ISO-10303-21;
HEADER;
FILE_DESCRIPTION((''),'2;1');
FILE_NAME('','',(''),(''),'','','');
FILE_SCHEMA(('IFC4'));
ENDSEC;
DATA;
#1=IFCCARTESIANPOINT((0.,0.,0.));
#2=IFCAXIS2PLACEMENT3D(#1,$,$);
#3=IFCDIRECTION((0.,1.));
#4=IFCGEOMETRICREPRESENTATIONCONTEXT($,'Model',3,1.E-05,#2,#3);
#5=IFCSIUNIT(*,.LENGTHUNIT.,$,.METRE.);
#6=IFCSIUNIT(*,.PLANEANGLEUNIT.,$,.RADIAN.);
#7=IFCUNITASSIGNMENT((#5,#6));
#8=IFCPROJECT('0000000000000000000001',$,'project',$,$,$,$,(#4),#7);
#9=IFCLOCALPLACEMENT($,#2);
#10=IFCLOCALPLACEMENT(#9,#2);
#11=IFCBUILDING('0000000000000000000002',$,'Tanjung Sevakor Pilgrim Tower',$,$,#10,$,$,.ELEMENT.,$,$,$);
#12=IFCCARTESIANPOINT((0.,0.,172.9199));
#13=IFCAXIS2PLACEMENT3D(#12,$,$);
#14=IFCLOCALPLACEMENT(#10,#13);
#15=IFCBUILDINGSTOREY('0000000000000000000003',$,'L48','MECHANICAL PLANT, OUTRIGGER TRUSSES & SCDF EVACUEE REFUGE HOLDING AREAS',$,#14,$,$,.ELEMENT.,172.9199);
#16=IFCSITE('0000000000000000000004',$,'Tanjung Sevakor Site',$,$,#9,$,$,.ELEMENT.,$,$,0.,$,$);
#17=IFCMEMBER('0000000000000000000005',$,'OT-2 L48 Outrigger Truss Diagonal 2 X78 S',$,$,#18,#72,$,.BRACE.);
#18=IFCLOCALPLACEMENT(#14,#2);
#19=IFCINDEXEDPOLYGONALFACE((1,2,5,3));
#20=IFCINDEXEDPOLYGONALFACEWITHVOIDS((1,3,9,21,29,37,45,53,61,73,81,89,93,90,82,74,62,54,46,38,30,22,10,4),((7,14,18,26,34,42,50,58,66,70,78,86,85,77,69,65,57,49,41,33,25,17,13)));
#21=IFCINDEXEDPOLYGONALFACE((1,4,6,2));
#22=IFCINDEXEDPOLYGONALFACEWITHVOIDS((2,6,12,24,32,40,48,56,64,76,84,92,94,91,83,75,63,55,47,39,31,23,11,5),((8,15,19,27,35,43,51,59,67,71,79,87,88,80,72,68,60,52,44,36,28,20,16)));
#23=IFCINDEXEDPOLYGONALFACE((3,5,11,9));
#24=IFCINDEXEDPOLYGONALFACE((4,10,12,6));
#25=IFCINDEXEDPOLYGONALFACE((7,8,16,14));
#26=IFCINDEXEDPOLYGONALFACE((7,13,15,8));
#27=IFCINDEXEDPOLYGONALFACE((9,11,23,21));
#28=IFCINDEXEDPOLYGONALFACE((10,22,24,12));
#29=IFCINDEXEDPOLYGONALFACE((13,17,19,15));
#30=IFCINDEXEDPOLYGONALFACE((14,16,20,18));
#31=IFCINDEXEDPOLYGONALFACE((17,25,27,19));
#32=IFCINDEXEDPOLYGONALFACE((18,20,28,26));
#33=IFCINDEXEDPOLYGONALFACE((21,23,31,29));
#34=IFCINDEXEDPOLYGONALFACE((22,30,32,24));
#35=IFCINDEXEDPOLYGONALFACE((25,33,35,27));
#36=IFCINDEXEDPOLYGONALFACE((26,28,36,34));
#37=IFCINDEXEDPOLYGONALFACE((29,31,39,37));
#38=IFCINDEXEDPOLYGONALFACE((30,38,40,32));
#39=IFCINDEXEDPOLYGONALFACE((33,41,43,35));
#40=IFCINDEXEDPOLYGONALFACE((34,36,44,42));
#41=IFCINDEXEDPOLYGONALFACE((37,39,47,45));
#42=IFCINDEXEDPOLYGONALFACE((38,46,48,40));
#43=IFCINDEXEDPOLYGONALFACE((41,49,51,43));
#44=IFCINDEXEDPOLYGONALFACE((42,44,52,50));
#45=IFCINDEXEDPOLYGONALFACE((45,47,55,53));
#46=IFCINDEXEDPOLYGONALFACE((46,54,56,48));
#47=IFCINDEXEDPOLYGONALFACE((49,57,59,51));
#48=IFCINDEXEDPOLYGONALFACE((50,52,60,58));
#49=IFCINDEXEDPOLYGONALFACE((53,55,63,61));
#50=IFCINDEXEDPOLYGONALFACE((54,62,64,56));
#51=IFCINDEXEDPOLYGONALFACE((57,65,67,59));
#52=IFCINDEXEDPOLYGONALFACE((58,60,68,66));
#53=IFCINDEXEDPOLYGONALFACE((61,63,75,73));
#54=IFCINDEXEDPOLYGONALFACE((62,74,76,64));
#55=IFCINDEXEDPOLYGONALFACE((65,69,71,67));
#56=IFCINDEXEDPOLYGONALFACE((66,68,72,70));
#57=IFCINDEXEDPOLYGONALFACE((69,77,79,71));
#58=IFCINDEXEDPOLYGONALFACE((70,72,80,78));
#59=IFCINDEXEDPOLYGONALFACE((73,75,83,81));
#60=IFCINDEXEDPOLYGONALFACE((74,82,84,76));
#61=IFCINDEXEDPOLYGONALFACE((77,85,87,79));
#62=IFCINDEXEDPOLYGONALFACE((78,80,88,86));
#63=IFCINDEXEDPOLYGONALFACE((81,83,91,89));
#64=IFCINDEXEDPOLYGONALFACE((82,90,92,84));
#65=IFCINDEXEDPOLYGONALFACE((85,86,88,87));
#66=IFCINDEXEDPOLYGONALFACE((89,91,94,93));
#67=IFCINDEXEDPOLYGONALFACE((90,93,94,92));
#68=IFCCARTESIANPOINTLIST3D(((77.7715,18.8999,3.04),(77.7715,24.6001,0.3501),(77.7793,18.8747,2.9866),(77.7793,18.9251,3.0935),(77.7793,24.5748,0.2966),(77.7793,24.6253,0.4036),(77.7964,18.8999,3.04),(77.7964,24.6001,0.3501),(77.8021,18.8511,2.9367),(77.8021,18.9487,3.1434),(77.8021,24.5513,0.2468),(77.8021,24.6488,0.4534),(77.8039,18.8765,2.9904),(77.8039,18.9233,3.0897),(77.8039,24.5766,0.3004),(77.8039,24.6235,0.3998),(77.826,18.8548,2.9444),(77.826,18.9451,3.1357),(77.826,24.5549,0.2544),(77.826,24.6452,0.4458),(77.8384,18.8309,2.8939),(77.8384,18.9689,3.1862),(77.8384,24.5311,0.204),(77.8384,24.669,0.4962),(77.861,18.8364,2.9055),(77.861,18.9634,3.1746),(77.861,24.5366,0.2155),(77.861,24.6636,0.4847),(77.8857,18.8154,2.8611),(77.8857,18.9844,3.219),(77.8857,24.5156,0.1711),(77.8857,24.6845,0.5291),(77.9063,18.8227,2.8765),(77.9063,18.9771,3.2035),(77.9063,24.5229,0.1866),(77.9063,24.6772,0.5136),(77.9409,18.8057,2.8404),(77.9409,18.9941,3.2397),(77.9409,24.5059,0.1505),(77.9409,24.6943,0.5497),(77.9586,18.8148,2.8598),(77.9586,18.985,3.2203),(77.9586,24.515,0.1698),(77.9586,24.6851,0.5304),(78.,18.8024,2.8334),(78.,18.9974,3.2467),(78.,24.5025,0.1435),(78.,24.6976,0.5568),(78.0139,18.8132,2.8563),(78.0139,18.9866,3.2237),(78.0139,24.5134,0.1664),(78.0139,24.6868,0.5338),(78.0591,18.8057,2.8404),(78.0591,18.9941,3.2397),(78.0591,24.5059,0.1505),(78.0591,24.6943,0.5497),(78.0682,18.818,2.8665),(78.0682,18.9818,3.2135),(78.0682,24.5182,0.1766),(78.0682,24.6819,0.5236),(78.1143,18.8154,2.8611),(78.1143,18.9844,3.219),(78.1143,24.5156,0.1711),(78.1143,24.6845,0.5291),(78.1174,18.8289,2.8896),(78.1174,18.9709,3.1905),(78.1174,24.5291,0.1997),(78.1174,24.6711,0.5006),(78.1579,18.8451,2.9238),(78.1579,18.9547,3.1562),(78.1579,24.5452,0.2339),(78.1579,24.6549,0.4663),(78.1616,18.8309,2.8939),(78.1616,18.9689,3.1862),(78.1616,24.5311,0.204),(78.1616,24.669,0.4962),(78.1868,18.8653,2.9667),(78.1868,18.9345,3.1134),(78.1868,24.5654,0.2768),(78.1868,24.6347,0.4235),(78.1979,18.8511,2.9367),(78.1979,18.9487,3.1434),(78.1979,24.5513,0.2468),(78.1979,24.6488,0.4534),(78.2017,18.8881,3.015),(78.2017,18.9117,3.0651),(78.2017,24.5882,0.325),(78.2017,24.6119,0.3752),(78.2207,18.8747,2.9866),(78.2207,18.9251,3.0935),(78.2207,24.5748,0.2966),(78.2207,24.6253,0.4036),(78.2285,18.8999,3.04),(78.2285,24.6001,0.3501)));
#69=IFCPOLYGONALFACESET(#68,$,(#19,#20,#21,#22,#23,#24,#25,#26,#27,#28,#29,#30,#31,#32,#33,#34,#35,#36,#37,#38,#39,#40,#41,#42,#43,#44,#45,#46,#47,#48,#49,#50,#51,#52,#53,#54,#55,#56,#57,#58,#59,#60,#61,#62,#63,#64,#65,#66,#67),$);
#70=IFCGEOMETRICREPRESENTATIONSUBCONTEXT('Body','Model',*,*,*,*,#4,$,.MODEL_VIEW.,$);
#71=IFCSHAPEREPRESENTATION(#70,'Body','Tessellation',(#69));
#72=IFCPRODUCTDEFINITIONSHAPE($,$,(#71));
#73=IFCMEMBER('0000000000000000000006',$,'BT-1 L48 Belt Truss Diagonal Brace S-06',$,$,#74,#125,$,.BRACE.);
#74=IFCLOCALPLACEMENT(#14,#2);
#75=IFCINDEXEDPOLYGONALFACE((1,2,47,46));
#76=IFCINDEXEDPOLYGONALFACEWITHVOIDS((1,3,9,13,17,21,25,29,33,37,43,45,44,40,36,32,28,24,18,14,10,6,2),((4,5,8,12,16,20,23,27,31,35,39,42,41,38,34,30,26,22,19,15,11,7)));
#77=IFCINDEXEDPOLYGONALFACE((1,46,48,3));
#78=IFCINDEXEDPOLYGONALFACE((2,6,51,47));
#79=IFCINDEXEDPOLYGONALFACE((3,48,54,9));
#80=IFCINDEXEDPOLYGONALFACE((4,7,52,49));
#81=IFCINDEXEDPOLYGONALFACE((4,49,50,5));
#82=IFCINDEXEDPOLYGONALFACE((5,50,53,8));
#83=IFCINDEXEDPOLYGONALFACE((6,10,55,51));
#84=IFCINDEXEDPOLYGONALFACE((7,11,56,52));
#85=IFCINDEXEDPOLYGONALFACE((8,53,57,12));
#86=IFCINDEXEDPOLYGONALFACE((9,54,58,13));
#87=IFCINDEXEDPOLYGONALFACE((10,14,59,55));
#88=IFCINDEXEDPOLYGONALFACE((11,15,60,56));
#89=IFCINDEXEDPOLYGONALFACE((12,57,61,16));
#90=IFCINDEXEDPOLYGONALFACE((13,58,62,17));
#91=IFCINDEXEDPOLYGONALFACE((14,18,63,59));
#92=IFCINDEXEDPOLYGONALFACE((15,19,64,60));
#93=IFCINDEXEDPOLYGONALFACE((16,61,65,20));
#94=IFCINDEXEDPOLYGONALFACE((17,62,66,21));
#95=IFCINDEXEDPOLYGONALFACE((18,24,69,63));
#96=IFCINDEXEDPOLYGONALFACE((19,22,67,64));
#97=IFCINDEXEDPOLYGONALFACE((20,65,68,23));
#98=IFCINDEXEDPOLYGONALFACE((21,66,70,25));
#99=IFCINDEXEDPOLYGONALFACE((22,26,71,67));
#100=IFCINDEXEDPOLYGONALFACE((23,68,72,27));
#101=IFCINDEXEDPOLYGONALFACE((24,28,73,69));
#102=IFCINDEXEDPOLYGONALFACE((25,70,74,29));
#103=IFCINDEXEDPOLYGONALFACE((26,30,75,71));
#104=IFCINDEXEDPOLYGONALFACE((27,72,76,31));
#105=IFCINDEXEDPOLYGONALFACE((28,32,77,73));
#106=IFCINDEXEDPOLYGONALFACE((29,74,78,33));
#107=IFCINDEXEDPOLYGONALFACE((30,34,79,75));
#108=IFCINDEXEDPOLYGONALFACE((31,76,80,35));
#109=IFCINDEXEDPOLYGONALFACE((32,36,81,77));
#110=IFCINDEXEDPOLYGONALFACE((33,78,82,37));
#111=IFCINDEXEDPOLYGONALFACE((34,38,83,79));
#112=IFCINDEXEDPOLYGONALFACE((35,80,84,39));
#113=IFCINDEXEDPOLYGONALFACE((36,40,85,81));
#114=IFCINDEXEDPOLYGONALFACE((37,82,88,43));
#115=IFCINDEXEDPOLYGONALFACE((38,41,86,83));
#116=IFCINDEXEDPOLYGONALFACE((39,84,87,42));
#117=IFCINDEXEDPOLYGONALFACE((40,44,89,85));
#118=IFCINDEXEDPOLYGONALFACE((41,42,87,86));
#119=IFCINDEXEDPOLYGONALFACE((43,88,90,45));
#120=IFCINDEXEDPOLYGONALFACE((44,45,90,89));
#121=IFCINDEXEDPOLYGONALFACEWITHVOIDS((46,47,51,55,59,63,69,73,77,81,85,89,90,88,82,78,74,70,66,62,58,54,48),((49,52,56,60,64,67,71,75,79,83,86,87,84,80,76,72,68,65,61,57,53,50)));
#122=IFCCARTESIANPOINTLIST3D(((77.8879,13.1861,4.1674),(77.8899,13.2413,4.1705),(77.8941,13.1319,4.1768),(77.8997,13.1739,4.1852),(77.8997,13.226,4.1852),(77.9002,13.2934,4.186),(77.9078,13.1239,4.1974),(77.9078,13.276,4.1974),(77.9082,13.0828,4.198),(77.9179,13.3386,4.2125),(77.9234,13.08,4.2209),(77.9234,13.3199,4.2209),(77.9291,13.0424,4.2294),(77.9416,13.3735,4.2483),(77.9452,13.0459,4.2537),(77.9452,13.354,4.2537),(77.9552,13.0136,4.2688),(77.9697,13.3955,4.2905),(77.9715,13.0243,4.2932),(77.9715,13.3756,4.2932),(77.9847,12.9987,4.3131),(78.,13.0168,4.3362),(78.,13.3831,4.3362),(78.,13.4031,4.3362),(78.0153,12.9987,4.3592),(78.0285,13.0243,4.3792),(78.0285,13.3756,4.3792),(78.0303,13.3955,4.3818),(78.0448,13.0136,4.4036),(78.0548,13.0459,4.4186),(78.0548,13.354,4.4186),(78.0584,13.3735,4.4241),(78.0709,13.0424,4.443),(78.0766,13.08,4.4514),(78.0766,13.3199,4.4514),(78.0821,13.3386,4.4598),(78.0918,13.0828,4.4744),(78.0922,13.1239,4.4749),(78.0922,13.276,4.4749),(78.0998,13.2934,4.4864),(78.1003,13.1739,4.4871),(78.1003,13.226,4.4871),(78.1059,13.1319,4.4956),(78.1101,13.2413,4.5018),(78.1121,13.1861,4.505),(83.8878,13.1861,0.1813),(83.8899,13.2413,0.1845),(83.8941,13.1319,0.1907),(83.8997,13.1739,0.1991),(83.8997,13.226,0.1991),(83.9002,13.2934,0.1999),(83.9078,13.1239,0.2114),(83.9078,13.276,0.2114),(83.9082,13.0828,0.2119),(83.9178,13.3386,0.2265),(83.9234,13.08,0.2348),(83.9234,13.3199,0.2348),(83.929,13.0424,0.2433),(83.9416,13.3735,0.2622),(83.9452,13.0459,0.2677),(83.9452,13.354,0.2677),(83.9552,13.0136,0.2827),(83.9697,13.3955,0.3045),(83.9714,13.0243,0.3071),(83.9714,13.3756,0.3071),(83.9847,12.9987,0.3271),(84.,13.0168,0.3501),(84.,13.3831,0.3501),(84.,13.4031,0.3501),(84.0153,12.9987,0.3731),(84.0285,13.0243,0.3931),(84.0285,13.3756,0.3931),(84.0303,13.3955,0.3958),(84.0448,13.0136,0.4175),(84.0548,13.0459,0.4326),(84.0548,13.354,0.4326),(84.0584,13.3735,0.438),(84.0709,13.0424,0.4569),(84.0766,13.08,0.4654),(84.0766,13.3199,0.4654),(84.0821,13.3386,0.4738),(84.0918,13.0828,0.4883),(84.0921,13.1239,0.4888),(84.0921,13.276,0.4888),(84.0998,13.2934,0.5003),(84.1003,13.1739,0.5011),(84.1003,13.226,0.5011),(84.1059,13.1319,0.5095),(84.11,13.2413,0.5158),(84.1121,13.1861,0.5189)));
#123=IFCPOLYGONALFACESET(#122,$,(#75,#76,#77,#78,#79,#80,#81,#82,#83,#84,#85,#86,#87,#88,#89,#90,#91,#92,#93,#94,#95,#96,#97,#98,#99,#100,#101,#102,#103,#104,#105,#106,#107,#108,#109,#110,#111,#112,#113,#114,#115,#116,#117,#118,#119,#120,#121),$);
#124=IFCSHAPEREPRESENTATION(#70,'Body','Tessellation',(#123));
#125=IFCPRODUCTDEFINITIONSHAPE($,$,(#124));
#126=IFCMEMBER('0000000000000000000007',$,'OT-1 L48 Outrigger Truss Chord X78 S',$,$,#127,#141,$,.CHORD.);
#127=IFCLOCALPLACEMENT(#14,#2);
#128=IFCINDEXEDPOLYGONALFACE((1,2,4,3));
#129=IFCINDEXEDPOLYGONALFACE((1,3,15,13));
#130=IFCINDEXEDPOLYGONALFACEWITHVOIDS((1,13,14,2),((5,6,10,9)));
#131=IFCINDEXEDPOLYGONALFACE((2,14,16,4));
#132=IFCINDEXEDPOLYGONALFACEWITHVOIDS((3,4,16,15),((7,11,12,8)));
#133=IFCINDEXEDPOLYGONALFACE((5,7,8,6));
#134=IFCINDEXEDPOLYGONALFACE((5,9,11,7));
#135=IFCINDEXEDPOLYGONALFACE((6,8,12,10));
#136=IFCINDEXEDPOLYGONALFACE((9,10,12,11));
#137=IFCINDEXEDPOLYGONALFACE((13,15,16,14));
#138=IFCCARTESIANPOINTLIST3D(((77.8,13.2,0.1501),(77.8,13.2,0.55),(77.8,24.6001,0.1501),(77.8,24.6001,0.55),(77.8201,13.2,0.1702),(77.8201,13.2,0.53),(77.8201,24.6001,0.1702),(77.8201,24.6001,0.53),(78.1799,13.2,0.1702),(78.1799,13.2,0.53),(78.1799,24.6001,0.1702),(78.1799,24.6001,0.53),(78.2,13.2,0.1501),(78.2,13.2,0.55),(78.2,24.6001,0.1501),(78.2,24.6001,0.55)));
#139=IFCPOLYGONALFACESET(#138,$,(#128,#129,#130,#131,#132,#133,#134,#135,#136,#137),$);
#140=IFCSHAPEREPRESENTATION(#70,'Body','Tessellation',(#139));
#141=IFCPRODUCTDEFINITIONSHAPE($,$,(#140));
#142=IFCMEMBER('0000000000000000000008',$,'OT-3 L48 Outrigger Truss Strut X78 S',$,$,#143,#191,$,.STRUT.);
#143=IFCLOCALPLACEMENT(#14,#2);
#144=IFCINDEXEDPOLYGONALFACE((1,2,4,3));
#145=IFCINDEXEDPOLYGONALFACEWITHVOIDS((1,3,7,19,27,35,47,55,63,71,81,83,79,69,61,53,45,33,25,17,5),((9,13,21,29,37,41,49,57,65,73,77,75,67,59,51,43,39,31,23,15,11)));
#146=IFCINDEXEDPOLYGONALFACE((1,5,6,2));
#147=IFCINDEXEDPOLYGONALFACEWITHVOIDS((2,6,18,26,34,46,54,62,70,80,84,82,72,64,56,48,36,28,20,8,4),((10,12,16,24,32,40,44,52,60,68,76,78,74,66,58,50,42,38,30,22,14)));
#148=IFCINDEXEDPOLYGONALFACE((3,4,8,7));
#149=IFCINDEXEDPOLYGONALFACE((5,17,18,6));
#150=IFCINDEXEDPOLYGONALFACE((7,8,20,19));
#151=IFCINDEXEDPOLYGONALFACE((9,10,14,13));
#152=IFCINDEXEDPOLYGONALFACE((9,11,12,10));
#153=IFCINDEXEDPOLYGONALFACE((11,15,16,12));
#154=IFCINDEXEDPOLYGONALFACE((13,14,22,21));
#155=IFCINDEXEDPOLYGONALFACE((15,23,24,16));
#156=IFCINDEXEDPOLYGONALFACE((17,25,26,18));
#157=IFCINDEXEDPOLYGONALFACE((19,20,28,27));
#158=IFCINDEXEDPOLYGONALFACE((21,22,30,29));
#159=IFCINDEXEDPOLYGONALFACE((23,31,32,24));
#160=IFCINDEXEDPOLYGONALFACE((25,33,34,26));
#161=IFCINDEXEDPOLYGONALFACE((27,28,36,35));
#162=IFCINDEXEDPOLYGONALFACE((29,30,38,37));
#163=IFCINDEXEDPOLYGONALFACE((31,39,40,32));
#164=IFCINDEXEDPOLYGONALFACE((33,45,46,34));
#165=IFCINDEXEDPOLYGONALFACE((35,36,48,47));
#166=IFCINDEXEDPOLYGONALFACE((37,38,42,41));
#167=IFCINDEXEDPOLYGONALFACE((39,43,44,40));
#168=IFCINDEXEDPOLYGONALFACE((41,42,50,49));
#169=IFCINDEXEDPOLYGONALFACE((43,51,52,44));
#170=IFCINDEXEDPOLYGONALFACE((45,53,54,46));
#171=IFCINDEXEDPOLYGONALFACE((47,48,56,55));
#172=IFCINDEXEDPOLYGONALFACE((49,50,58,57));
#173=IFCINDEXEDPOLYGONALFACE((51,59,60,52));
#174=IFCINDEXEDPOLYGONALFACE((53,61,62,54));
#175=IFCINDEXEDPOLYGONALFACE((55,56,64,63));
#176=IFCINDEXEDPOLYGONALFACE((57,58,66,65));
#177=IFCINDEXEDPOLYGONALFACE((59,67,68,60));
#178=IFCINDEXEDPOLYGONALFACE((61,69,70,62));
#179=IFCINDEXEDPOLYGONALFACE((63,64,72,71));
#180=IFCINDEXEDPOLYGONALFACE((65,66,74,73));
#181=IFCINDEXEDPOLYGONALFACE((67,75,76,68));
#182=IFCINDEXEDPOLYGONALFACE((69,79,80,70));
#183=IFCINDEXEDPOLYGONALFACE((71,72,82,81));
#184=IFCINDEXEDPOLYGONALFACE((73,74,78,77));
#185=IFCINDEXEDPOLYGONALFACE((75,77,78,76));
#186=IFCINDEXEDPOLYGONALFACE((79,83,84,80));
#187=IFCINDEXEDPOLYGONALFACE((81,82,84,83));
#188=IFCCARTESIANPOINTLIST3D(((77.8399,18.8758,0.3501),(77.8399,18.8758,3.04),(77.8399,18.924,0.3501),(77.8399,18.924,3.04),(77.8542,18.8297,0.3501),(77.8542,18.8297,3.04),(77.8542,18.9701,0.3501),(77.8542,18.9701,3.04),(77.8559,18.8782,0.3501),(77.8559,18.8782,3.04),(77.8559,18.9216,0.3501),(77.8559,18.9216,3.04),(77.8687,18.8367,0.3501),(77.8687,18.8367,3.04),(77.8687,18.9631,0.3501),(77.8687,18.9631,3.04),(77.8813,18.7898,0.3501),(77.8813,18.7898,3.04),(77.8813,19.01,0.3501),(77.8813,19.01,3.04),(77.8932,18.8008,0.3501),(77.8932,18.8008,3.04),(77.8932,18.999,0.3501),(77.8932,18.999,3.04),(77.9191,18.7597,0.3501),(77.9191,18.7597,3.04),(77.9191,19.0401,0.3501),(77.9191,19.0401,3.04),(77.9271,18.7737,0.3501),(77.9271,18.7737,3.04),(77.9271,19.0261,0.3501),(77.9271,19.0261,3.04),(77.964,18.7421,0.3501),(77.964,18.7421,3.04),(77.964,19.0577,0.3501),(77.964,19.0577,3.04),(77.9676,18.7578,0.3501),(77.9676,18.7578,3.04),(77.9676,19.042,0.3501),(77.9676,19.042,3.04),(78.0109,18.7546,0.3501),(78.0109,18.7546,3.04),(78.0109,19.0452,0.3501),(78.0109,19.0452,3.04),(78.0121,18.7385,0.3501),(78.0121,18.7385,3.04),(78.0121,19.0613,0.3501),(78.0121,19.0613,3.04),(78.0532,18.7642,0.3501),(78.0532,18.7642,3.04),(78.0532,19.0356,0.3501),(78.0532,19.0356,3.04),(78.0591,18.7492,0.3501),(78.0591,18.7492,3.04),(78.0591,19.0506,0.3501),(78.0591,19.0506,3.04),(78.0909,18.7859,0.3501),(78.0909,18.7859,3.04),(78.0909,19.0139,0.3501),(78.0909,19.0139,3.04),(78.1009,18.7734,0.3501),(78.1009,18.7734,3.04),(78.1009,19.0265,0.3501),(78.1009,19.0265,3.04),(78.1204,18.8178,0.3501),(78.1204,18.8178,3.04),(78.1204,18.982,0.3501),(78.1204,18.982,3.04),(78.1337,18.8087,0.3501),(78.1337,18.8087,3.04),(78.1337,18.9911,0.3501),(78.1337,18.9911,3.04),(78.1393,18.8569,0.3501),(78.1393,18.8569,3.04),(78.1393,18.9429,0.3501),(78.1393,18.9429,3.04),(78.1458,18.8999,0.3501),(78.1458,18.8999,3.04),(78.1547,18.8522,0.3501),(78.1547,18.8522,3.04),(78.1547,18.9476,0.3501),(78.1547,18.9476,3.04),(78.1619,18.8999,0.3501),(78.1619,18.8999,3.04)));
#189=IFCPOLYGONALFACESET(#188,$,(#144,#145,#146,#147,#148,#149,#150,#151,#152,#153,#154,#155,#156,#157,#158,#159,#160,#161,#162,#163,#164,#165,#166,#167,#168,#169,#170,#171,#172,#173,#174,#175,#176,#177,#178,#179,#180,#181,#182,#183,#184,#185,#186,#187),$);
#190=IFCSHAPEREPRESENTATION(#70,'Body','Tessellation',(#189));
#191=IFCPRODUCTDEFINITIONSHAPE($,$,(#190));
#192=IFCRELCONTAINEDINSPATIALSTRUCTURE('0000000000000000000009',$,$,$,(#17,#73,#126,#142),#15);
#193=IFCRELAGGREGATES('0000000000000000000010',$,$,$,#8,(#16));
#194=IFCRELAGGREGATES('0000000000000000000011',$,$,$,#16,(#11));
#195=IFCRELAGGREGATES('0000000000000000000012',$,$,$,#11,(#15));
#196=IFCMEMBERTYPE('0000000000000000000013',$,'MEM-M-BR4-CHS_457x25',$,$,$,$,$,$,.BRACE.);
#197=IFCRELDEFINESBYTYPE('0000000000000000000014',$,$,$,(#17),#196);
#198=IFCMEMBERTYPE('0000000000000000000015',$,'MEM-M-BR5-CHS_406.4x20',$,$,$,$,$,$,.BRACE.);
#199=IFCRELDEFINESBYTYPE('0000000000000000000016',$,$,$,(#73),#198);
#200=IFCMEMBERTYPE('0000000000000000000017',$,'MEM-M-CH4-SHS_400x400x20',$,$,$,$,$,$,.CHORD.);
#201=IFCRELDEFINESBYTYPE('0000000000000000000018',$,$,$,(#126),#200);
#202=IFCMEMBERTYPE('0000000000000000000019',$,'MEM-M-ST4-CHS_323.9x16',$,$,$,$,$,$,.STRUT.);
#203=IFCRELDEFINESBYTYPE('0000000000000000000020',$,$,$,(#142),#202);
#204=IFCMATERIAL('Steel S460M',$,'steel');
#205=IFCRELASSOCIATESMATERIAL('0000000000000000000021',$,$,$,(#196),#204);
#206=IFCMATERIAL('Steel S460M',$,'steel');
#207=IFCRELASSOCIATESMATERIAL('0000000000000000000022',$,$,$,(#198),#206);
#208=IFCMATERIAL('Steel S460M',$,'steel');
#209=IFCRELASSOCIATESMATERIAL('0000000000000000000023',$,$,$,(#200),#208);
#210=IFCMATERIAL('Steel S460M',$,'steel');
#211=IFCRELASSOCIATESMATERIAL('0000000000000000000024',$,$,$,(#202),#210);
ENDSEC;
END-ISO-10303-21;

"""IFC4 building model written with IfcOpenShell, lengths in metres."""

from ifc_helpers import new_model, si_unit, direction, frame, origin, origin_2d, place, context, subcontext, project, spatial, hollow_rectangle, hollow_circle, extrude, material, material_profile, profile_set, type_object, element, save


model = new_model("IFC4")

# Units and contexts
model_context = context("Model", 3, precision=1e-05, world=origin(), true_north=direction((0.0, 1.0)))
body_context = subcontext(model_context, "Body", "Model", "MODEL_VIEW")
ifc_project = project(units=[si_unit("LENGTHUNIT", "METRE"), si_unit("PLANEANGLEUNIT", "RADIAN")], contexts=[model_context])

# Site, building, storey
site_placement = place(None, origin())
site = spatial("IfcSite", under=ifc_project, at=site_placement, Name="Tanjung Sevakor Site", CompositionType="ELEMENT", RefElevation=0.0)
building_placement = place(site_placement, origin())
building = spatial("IfcBuilding", under=site, at=building_placement, Name="Tanjung Sevakor Pilgrim Tower", CompositionType="ELEMENT")
storey_placement = place(building_placement, frame((0.0, 0.0, 172.9199)))
storey = spatial("IfcBuildingStorey", under=building, at=storey_placement, Name="L48", Description="MECHANICAL PLANT, OUTRIGGER TRUSSES & SCDF EVACUEE REFUGE HOLDING AREAS", CompositionType="ELEMENT", Elevation=172.9199)

# Members
ifc_material_1 = material(Name="Steel S460M", Category="steel")
ifc_material_profile_1 = material_profile(ifc_material_1, hollow_circle(Radius=0.2285, WallThickness=0.0249, at=origin_2d()))
ifc_profile_set_1 = profile_set([ifc_material_profile_1], Name="Steel S460M")
member_type_1 = type_object("IfcMemberType", Name="MEM-M-BR4-CHS_457x25", PredefinedType="BRACE", material=ifc_profile_set_1)
member_1_placement = place(storey_placement, frame((78.0, 18.8999, 3.04), z_axis=(0.0, 0.90436, -0.426771), x_axis=(-1.0, 0.0, 0.0)))
element("IfcMember", 1, at=member_1_placement, inside=storey, type_object=member_type_1, Name="OT-2 L48 Outrigger Truss Diagonal 2 X78 S", PredefinedType="BRACE", context=body_context, shape_type="SweptSolid", body=[
    extrude(hollow_circle(Radius=0.2285, WallThickness=0.0249, at=origin_2d()), origin(), (0.0, 0.0, 1.0), 6.303),
])
ifc_material_2 = material(Name="Steel S460M", Category="steel")
ifc_material_profile_2 = material_profile(ifc_material_2, hollow_circle(Radius=0.2031, WallThickness=0.02, at=origin_2d()))
ifc_profile_set_2 = profile_set([ifc_material_profile_2], Name="Steel S460M")
member_type_2 = type_object("IfcMemberType", Name="MEM-M-BR5-CHS_406.4x20", PredefinedType="BRACE", material=ifc_profile_set_2)
member_2_placement = place(storey_placement, frame((78.0, 13.2, 4.3362), z_axis=(0.832941, 0.0, -0.553362), x_axis=(0.0, 1.0, 0.0)))
element("IfcMember", 2, at=member_2_placement, inside=storey, type_object=member_type_2, Name="BT-1 L48 Belt Truss Diagonal Brace S-06", PredefinedType="BRACE", context=body_context, shape_type="SweptSolid", body=[
    extrude(hollow_circle(Radius=0.2031, WallThickness=0.02, at=origin_2d()), origin(), (0.0, 0.0, 1.0), 7.2034),
])
ifc_material_3 = material(Name="Steel S460M", Category="steel")
ifc_material_profile_3 = material_profile(ifc_material_3, hollow_rectangle(XDim=0.3999, YDim=0.3999, WallThickness=0.02, at=origin_2d()))
ifc_profile_set_3 = profile_set([ifc_material_profile_3], Name="Steel S460M")
member_type_3 = type_object("IfcMemberType", Name="MEM-M-CH4-SHS_400x400x20", PredefinedType="CHORD", material=ifc_profile_set_3)
member_3_placement = place(storey_placement, frame((78.0, 13.2, 0.3501), z_axis=(0.0, 1.0, 0.0), x_axis=(-1.0, 0.0, 0.0)))
element("IfcMember", 3, at=member_3_placement, inside=storey, type_object=member_type_3, Name="OT-1 L48 Outrigger Truss Chord X78 S", PredefinedType="CHORD", context=body_context, shape_type="SweptSolid", body=[
    extrude(hollow_rectangle(XDim=0.3999, YDim=0.3999, WallThickness=0.02, at=origin_2d()), origin(), (0.0, 0.0, 1.0), 11.4001),
])
ifc_material_4 = material(Name="Steel S460M", Category="steel")
ifc_material_profile_4 = material_profile(ifc_material_4, hollow_circle(Radius=0.1619, WallThickness=0.0161, at=origin_2d()))
ifc_profile_set_4 = profile_set([ifc_material_profile_4], Name="Steel S460M")
member_type_4 = type_object("IfcMemberType", Name="MEM-M-ST4-CHS_323.9x16", PredefinedType="STRUT", material=ifc_profile_set_4)
member_4_placement = place(storey_placement, frame((78.0, 18.8999, 0.3501), z_axis=(0.0, 0.0, 1.0), x_axis=(1.0, 0.0, 0.0)))
element("IfcMember", 4, at=member_4_placement, inside=storey, type_object=member_type_4, Name="OT-3 L48 Outrigger Truss Strut X78 S", PredefinedType="STRUT", context=body_context, shape_type="SweptSolid", body=[
    extrude(hollow_circle(Radius=0.1619, WallThickness=0.0161, at=origin_2d()), origin(), (0.0, 0.0, 1.0), 2.6899),
])

save(model, "model.ifc")
